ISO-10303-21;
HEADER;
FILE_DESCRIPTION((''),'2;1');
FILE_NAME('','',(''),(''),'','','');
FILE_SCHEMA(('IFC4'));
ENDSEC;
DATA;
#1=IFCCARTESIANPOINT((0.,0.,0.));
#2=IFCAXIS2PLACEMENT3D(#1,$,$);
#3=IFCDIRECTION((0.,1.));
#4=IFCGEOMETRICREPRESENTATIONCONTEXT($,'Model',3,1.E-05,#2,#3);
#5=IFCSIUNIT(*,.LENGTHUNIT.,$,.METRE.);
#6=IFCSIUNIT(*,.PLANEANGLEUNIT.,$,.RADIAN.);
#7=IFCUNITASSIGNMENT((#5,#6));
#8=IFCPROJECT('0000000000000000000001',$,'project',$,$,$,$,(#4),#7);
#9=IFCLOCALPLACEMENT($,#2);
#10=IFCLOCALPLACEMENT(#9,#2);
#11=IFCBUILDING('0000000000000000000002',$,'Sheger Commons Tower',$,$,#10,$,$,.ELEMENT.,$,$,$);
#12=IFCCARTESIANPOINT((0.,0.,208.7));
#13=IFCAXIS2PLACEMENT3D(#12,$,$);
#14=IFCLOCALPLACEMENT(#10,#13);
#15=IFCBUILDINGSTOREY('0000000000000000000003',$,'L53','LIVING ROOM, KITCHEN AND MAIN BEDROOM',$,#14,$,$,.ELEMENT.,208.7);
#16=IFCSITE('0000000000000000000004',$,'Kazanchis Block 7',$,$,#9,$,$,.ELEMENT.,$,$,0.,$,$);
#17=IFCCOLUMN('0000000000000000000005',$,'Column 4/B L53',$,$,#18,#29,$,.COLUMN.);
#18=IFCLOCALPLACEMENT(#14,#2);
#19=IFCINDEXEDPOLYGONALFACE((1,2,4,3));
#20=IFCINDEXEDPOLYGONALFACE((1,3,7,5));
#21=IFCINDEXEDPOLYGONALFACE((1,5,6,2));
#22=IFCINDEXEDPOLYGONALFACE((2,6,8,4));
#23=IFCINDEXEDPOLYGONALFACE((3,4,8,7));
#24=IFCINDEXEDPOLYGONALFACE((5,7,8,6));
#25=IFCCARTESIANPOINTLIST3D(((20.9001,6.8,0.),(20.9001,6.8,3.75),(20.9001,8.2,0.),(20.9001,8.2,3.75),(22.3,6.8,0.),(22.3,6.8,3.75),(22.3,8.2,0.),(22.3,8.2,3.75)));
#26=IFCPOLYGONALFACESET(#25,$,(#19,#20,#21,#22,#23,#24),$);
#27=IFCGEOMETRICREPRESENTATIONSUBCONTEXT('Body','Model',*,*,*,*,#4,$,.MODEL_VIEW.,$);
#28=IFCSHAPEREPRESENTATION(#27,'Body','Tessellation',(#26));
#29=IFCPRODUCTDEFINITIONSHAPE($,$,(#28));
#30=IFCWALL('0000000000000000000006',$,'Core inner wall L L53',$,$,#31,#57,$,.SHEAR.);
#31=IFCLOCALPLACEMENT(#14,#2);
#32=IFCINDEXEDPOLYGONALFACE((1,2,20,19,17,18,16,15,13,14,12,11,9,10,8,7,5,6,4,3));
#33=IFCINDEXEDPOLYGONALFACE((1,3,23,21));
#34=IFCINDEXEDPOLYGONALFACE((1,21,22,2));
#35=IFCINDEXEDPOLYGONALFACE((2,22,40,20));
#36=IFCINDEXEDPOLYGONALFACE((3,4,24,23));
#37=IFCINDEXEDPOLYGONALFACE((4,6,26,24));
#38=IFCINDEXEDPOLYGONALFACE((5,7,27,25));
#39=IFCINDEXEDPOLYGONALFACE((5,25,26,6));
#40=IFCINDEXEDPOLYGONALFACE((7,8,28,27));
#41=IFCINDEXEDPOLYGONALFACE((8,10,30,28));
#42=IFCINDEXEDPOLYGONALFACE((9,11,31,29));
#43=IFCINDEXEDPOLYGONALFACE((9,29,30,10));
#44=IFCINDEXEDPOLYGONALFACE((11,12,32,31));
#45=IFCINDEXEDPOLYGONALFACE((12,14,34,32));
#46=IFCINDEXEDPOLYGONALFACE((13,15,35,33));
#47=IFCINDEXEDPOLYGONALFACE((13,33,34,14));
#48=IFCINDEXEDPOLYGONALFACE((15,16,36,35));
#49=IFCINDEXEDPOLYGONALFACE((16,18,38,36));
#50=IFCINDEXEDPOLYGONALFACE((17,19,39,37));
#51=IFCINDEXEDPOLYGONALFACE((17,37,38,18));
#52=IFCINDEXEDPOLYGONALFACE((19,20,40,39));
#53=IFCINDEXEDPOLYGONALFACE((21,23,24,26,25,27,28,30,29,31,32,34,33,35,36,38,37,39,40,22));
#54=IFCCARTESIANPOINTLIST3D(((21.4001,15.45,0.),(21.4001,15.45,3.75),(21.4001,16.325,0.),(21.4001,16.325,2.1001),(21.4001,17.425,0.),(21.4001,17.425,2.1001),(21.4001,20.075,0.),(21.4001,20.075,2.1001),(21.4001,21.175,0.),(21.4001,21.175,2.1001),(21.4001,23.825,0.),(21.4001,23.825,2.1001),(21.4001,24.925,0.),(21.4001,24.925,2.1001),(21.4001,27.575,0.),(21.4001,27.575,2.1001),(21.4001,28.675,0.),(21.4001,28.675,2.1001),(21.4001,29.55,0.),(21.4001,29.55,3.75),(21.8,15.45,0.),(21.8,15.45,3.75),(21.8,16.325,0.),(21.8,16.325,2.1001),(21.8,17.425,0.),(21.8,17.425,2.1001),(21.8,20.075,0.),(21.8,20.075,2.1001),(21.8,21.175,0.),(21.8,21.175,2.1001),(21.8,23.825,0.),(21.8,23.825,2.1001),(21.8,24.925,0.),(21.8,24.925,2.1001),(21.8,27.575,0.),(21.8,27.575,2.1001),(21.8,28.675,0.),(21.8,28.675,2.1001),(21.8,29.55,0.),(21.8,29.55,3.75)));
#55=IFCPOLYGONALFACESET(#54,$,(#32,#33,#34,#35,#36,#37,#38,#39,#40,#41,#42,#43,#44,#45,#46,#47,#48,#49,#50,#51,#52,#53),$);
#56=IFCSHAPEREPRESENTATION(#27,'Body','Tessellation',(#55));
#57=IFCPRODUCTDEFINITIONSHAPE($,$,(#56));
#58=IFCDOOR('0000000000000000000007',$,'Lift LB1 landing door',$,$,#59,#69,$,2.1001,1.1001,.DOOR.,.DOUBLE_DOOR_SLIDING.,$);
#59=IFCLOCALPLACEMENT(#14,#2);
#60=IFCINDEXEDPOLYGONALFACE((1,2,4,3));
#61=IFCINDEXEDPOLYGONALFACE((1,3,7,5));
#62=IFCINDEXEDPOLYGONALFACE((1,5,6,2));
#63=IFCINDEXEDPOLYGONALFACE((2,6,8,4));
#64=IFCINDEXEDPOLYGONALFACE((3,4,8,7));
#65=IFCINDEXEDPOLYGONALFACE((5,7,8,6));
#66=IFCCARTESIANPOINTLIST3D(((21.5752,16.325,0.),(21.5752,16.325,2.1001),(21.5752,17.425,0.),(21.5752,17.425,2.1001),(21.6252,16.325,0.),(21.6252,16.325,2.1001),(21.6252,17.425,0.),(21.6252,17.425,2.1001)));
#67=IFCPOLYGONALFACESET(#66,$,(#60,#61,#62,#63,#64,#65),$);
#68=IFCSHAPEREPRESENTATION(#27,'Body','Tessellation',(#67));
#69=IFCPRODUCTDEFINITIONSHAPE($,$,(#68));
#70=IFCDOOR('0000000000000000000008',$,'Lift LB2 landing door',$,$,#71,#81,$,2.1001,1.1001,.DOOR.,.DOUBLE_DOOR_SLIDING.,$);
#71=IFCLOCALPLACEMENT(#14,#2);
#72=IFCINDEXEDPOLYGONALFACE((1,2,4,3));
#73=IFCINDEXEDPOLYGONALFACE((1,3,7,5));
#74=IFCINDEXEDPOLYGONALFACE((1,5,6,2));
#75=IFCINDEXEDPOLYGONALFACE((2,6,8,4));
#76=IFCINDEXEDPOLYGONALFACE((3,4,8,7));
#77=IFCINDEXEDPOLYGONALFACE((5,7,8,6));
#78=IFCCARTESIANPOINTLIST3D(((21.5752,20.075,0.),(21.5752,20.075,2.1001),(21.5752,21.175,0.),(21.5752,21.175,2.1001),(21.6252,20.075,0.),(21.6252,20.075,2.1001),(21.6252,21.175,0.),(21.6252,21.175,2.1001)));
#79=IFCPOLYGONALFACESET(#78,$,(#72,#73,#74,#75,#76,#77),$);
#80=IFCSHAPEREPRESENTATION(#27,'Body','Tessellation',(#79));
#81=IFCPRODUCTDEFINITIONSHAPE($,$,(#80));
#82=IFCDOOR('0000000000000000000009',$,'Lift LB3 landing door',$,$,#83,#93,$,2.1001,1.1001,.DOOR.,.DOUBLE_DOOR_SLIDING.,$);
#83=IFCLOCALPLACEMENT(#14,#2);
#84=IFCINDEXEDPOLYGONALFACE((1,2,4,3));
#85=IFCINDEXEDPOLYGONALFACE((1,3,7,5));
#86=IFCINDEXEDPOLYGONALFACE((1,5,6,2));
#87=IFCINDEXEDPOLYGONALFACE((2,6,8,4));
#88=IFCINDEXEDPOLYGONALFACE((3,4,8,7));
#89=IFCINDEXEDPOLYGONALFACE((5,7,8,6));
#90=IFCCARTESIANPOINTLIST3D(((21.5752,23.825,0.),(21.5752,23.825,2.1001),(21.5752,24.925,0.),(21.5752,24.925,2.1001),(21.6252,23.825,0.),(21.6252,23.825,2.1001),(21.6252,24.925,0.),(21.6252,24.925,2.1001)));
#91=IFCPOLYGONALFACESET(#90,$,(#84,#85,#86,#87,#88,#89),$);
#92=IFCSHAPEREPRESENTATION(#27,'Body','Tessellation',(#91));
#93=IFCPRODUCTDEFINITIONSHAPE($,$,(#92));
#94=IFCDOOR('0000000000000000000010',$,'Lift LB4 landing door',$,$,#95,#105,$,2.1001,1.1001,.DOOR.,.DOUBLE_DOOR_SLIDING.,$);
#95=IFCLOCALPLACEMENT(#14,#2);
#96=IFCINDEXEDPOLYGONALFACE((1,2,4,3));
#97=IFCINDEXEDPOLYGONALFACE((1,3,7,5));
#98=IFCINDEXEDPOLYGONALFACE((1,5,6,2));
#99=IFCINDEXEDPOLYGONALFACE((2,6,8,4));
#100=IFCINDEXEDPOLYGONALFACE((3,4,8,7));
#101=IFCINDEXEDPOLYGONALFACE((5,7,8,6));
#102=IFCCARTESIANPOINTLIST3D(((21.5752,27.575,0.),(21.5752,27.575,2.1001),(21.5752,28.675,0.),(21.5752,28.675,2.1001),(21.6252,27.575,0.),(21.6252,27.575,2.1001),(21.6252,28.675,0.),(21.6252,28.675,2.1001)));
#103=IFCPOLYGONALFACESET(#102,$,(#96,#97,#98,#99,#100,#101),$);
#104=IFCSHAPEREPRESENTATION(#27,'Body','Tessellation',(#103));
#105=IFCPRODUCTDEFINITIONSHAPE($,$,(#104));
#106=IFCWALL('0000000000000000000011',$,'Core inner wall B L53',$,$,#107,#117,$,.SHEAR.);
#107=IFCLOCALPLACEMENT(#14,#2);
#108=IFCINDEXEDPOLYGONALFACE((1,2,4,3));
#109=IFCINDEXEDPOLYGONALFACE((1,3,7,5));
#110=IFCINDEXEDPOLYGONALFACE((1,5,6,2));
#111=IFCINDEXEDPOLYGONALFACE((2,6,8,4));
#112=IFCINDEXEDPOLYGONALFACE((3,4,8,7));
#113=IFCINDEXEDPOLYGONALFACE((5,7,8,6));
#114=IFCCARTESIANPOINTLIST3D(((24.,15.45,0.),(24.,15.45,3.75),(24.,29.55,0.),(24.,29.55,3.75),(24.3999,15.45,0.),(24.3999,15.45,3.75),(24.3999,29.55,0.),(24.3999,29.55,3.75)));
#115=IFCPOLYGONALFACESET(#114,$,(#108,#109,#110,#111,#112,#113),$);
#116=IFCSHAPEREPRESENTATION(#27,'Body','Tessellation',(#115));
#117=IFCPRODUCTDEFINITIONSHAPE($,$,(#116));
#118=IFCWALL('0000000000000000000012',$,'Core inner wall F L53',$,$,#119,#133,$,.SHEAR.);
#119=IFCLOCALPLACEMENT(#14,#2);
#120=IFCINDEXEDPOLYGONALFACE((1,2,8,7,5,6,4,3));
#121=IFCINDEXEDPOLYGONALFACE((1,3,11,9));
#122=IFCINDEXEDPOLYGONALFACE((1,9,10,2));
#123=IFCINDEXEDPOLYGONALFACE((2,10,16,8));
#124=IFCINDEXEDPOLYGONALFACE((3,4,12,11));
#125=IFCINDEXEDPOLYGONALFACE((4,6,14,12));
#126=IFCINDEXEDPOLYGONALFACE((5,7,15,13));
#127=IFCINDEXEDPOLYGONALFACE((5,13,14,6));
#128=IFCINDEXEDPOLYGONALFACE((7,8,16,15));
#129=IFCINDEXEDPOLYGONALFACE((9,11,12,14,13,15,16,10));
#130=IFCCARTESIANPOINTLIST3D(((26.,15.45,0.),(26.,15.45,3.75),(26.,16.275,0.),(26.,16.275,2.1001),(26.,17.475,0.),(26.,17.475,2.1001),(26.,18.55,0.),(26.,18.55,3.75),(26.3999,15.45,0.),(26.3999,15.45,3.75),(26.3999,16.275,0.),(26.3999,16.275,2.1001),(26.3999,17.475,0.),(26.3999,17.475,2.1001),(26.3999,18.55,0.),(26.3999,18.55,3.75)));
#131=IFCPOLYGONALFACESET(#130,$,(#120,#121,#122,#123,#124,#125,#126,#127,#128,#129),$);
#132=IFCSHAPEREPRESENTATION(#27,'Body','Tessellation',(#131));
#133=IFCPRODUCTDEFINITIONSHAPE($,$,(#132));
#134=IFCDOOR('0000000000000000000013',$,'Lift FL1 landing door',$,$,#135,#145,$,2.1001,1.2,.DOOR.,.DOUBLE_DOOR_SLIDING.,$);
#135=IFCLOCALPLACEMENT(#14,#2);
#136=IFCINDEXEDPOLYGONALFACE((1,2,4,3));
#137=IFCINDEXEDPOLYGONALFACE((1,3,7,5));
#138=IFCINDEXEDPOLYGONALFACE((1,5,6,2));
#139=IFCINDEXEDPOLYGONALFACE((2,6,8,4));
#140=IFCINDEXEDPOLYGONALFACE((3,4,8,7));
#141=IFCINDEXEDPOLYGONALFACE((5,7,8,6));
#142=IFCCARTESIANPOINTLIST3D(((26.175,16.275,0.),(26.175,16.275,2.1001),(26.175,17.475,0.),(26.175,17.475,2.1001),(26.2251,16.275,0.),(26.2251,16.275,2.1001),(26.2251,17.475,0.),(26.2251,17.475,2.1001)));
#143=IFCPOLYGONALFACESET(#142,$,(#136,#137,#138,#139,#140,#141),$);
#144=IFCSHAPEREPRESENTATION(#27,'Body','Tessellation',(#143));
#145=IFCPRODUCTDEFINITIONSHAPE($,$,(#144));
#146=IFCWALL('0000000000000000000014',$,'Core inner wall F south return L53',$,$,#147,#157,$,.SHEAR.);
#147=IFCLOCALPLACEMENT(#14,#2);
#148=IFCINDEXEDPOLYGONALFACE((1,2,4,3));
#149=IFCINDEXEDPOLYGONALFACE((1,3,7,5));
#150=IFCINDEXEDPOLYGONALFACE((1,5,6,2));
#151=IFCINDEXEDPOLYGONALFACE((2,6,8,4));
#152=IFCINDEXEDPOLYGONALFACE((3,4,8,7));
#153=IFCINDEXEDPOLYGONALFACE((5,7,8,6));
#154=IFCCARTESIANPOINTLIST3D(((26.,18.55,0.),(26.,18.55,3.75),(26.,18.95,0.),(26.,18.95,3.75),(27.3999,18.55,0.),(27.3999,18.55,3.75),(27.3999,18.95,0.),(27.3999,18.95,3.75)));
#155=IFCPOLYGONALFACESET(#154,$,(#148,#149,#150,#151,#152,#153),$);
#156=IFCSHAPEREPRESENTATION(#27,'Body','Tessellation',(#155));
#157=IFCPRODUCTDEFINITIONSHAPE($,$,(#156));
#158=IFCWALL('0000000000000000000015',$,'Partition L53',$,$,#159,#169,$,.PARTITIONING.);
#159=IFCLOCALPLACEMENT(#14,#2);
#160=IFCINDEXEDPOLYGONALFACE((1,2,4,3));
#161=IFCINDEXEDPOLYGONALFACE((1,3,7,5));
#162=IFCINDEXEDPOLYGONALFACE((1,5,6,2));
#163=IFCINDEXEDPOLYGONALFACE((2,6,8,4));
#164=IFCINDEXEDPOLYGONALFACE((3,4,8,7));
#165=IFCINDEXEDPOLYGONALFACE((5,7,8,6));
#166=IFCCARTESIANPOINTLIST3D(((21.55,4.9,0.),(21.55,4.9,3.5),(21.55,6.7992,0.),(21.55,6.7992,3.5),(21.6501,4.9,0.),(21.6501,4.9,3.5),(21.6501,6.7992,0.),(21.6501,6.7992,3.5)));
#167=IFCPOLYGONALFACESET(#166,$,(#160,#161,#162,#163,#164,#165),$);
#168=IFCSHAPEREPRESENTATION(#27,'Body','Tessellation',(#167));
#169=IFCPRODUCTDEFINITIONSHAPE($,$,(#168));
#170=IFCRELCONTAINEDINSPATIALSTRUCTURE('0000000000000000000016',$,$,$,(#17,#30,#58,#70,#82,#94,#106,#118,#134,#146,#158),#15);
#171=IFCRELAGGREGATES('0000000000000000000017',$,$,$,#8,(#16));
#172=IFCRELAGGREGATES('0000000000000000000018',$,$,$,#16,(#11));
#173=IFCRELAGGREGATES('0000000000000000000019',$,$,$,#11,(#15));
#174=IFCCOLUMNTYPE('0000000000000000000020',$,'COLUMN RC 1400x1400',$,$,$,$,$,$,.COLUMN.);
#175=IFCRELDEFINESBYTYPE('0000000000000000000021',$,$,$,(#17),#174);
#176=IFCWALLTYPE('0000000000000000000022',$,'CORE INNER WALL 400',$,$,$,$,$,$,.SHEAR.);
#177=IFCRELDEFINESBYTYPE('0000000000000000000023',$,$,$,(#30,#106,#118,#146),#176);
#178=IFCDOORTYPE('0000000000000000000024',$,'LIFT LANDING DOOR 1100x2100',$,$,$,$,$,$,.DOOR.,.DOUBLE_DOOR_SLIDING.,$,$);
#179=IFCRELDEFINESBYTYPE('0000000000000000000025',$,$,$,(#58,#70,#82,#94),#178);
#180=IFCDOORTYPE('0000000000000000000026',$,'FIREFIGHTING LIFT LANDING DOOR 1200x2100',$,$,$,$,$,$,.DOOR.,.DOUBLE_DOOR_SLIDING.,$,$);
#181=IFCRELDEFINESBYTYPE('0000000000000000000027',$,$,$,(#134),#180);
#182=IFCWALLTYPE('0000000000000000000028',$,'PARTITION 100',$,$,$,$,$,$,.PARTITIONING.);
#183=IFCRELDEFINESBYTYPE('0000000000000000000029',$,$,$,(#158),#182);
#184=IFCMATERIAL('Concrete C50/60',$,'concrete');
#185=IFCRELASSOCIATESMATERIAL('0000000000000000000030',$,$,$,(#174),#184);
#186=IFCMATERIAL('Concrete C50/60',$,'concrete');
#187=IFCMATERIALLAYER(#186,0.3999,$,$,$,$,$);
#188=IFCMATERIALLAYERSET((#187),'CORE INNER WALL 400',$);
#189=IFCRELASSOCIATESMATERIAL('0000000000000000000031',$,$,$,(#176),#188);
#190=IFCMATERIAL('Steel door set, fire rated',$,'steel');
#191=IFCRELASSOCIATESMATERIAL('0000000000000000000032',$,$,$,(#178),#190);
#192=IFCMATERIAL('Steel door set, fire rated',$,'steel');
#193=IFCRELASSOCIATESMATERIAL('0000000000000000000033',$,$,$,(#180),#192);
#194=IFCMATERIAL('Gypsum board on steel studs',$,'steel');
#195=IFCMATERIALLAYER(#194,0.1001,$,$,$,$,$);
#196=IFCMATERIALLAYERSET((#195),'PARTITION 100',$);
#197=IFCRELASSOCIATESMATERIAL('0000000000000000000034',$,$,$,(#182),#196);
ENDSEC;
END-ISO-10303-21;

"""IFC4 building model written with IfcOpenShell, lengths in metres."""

from ifc_helpers import new_model, si_unit, direction, frame, frame_2d, origin, origin_2d, place, context, subcontext, project, spatial, rectangle, extrude, material, layer, layer_set, material_profile, profile_set, type_object, element, fill, save


model = new_model("IFC4")

# Units and contexts
model_context = context("Model", 3, precision=1e-05, world=origin(), true_north=direction((0.0, 1.0)))
body_context = subcontext(model_context, "Body", "Model", "MODEL_VIEW")
ifc_project = project(units=[si_unit("LENGTHUNIT", "METRE"), si_unit("PLANEANGLEUNIT", "RADIAN")], contexts=[model_context])

# Site, building, storey
site_placement = place(None, origin())
site = spatial("IfcSite", under=ifc_project, at=site_placement, Name="Kazanchis Block 7", CompositionType="ELEMENT", RefElevation=0.0)
building_placement = place(site_placement, origin())
building = spatial("IfcBuilding", under=site, at=building_placement, Name="Sheger Commons Tower", CompositionType="ELEMENT")
storey_placement = place(building_placement, frame((0.0, 0.0, 208.7)))
storey = spatial("IfcBuildingStorey", under=building, at=storey_placement, Name="L53", Description="LIVING ROOM, KITCHEN AND MAIN BEDROOM", CompositionType="ELEMENT", Elevation=208.7)

# Column
ifc_material_1 = material(Name="Concrete C50/60", Category="concrete")
ifc_material_profile = material_profile(ifc_material_1, rectangle(XDim=1.3999, YDim=1.3999, at=origin_2d()), Name="RC 1400x1400")
ifc_profile_set = profile_set([ifc_material_profile], Name="Concrete C50/60")
column_type = type_object("IfcColumnType", Name="COLUMN RC 1400x1400", PredefinedType="COLUMN", material=ifc_profile_set)
column_placement = place(storey_placement, frame((21.6001, 7.5, 0.0), z_axis=(0.0, 0.0, 1.0), x_axis=(1.0, 0.0, 0.0)))
element("IfcColumn", 1, at=column_placement, inside=storey, type_object=column_type, Name="Column 4/B L53", PredefinedType="COLUMN", context=body_context, shape_type="SweptSolid", body=[
    extrude(rectangle(XDim=1.3999, YDim=1.3999, at=origin_2d()), origin(), (0.0, 0.0, 1.0), 3.75),
])

# Wall, openings, doors
ifc_material_2 = material(Name="Concrete C50/60", Category="concrete")
ifc_layer_1 = layer(ifc_material_2, 0.3999)
ifc_layer_set_1 = layer_set([ifc_layer_1], Name="CORE INNER WALL 400")
wall_type_1 = type_object("IfcWallType", Name="CORE INNER WALL 400", PredefinedType="SHEAR", material=ifc_layer_set_1)
wall_1_placement = place(storey_placement, frame((21.6001, 15.45, 0.0), z_axis=(0.0, 0.0, 1.0), x_axis=(0.0, 1.0, 0.0)))
wall_1 = element("IfcWall", 2, at=wall_1_placement, inside=storey, type_object=wall_type_1, Name="Core inner wall L L53", PredefinedType="SHEAR", context=body_context, shape_type="SweptSolid", body=[
    extrude(rectangle(XDim=14.1001, YDim=0.3999, at=frame_2d((7.05, 0.0))), origin(), (0.0, 0.0, 1.0), 3.75),
])
opening_1_placement = place(wall_1_placement, frame((0.875, 0.0, 0.0)))
opening_1 = element("IfcOpeningElement", 3, at=opening_1_placement, cuts=wall_1, PredefinedType="OPENING", context=body_context, shape_type="SweptSolid", body=[
    extrude(rectangle(XDim=1.1001, YDim=2.1001, at=frame_2d((0.55, 1.05))), frame((0.0, 0.21, 0.0), z_axis=(0.0, -1.0, 0.0), x_axis=(1.0, 0.0, 0.0)), (0.0, 0.0, 1.0), 0.4199),
])
opening_2_placement = place(wall_1_placement, frame((4.625, 0.0, 0.0)))
opening_2 = element("IfcOpeningElement", 4, at=opening_2_placement, cuts=wall_1, PredefinedType="OPENING", context=body_context, shape_type="SweptSolid", body=[
    extrude(rectangle(XDim=1.1001, YDim=2.1001, at=frame_2d((0.55, 1.05))), frame((0.0, 0.21, 0.0), z_axis=(0.0, -1.0, 0.0), x_axis=(1.0, 0.0, 0.0)), (0.0, 0.0, 1.0), 0.4199),
])
opening_3_placement = place(wall_1_placement, frame((8.375, 0.0, 0.0)))
opening_3 = element("IfcOpeningElement", 5, at=opening_3_placement, cuts=wall_1, PredefinedType="OPENING", context=body_context, shape_type="SweptSolid", body=[
    extrude(rectangle(XDim=1.1001, YDim=2.1001, at=frame_2d((0.55, 1.05))), frame((0.0, 0.21, 0.0), z_axis=(0.0, -1.0, 0.0), x_axis=(1.0, 0.0, 0.0)), (0.0, 0.0, 1.0), 0.4199),
])
opening_4_placement = place(wall_1_placement, frame((12.125, 0.0, 0.0)))
opening_4 = element("IfcOpeningElement", 6, at=opening_4_placement, cuts=wall_1, PredefinedType="OPENING", context=body_context, shape_type="SweptSolid", body=[
    extrude(rectangle(XDim=1.1001, YDim=2.1001, at=frame_2d((0.55, 1.05))), frame((0.0, 0.21, 0.0), z_axis=(0.0, -1.0, 0.0), x_axis=(1.0, 0.0, 0.0)), (0.0, 0.0, 1.0), 0.4199),
])
ifc_material_3 = material(Name="Steel door set, fire rated", Category="steel")
door_type_1 = type_object("IfcDoorType", Name="LIFT LANDING DOOR 1100x2100", OperationType="DOUBLE_DOOR_SLIDING", PredefinedType="DOOR", material=ifc_material_3)
door_1_placement = place(opening_1_placement, origin())
door_1 = element("IfcDoor", 7, at=door_1_placement, inside=storey, type_object=door_type_1, Name="Lift LB1 landing door", OperationType="DOUBLE_DOOR_SLIDING", OverallHeight=2.1001, OverallWidth=1.1001, PredefinedType="DOOR", context=body_context, shape_type="SweptSolid", body=[
    extrude(rectangle(XDim=1.1001, YDim=2.1001, at=frame_2d((0.55, 1.05))), frame((0.0, 0.0249, 0.0), z_axis=(0.0, -1.0, 0.0), x_axis=(1.0, 0.0, 0.0)), (0.0, 0.0, 1.0), 0.05),
])
fill(opening_1, door_1)
door_2_placement = place(opening_2_placement, origin())
door_2 = element("IfcDoor", 8, at=door_2_placement, inside=storey, type_object=door_type_1, Name="Lift LB2 landing door", OperationType="DOUBLE_DOOR_SLIDING", OverallHeight=2.1001, OverallWidth=1.1001, PredefinedType="DOOR", context=body_context, shape_type="SweptSolid", body=[
    extrude(rectangle(XDim=1.1001, YDim=2.1001, at=frame_2d((0.55, 1.05))), frame((0.0, 0.0249, 0.0), z_axis=(0.0, -1.0, 0.0), x_axis=(1.0, 0.0, 0.0)), (0.0, 0.0, 1.0), 0.05),
])
fill(opening_2, door_2)
door_3_placement = place(opening_3_placement, origin())
door_3 = element("IfcDoor", 9, at=door_3_placement, inside=storey, type_object=door_type_1, Name="Lift LB3 landing door", OperationType="DOUBLE_DOOR_SLIDING", OverallHeight=2.1001, OverallWidth=1.1001, PredefinedType="DOOR", context=body_context, shape_type="SweptSolid", body=[
    extrude(rectangle(XDim=1.1001, YDim=2.1001, at=frame_2d((0.55, 1.05))), frame((0.0, 0.0249, 0.0), z_axis=(0.0, -1.0, 0.0), x_axis=(1.0, 0.0, 0.0)), (0.0, 0.0, 1.0), 0.05),
])
fill(opening_3, door_3)
door_4_placement = place(opening_4_placement, origin())
door_4 = element("IfcDoor", 10, at=door_4_placement, inside=storey, type_object=door_type_1, Name="Lift LB4 landing door", OperationType="DOUBLE_DOOR_SLIDING", OverallHeight=2.1001, OverallWidth=1.1001, PredefinedType="DOOR", context=body_context, shape_type="SweptSolid", body=[
    extrude(rectangle(XDim=1.1001, YDim=2.1001, at=frame_2d((0.55, 1.05))), frame((0.0, 0.0249, 0.0), z_axis=(0.0, -1.0, 0.0), x_axis=(1.0, 0.0, 0.0)), (0.0, 0.0, 1.0), 0.05),
])
fill(opening_4, door_4)

# Wall
wall_2_placement = place(storey_placement, frame((24.2, 15.45, 0.0), z_axis=(0.0, 0.0, 1.0), x_axis=(0.0, 1.0, 0.0)))
element("IfcWall", 11, at=wall_2_placement, inside=storey, type_object=wall_type_1, Name="Core inner wall B L53", PredefinedType="SHEAR", context=body_context, shape_type="SweptSolid", body=[
    extrude(rectangle(XDim=14.1001, YDim=0.3999, at=frame_2d((7.05, 0.0))), origin(), (0.0, 0.0, 1.0), 3.75),
])

# Wall, opening, door
wall_3_placement = place(storey_placement, frame((26.2, 15.45, 0.0), z_axis=(0.0, 0.0, 1.0), x_axis=(0.0, 1.0, 0.0)))
wall_3 = element("IfcWall", 12, at=wall_3_placement, inside=storey, type_object=wall_type_1, Name="Core inner wall F L53", PredefinedType="SHEAR", context=body_context, shape_type="SweptSolid", body=[
    extrude(rectangle(XDim=3.1001, YDim=0.3999, at=frame_2d((1.55, 0.0))), origin(), (0.0, 0.0, 1.0), 3.75),
])
opening_5_placement = place(wall_3_placement, frame((0.825, 0.0, 0.0)))
opening_5 = element("IfcOpeningElement", 13, at=opening_5_placement, cuts=wall_3, PredefinedType="OPENING", context=body_context, shape_type="SweptSolid", body=[
    extrude(rectangle(XDim=1.2, YDim=2.1001, at=frame_2d((0.6001, 1.05))), frame((0.0, 0.21, 0.0), z_axis=(0.0, -1.0, 0.0), x_axis=(1.0, 0.0, 0.0)), (0.0, 0.0, 1.0), 0.4199),
])
ifc_material_4 = material(Name="Steel door set, fire rated", Category="steel")
door_type_2 = type_object("IfcDoorType", Name="FIREFIGHTING LIFT LANDING DOOR 1200x2100", OperationType="DOUBLE_DOOR_SLIDING", PredefinedType="DOOR", material=ifc_material_4)
door_5_placement = place(opening_5_placement, origin())
door_5 = element("IfcDoor", 14, at=door_5_placement, inside=storey, type_object=door_type_2, Name="Lift FL1 landing door", OperationType="DOUBLE_DOOR_SLIDING", OverallHeight=2.1001, OverallWidth=1.2, PredefinedType="DOOR", context=body_context, shape_type="SweptSolid", body=[
    extrude(rectangle(XDim=1.2, YDim=2.1001, at=frame_2d((0.6001, 1.05))), frame((0.0, 0.0249, 0.0), z_axis=(0.0, -1.0, 0.0), x_axis=(1.0, 0.0, 0.0)), (0.0, 0.0, 1.0), 0.05),
])
fill(opening_5, door_5)

# Walls
wall_4_placement = place(storey_placement, frame((26.0, 18.75, 0.0), z_axis=(0.0, 0.0, 1.0), x_axis=(1.0, 0.0, 0.0)))
element("IfcWall", 15, at=wall_4_placement, inside=storey, type_object=wall_type_1, Name="Core inner wall F south return L53", PredefinedType="SHEAR", context=body_context, shape_type="SweptSolid", body=[
    extrude(rectangle(XDim=1.3999, YDim=0.3999, at=frame_2d((0.7, 0.0))), origin(), (0.0, 0.0, 1.0), 3.75),
])
ifc_material_5 = material(Name="Gypsum board on steel studs", Category="steel")
ifc_layer_2 = layer(ifc_material_5, 0.1001)
ifc_layer_set_2 = layer_set([ifc_layer_2], Name="PARTITION 100")
wall_type_2 = type_object("IfcWallType", Name="PARTITION 100", PredefinedType="PARTITIONING", material=ifc_layer_set_2)
wall_5_placement = place(storey_placement, frame((21.6001, 4.8999, 0.0), z_axis=(0.0, 0.0, 1.0), x_axis=(0.0, 1.0, 0.0)))
element("IfcWall", 16, at=wall_5_placement, inside=storey, type_object=wall_type_2, Name="Partition L53", PredefinedType="PARTITIONING", context=body_context, shape_type="SweptSolid", body=[
    extrude(rectangle(XDim=1.8992, YDim=0.1001, at=frame_2d((0.9497, 0.0))), origin(), (0.0, 0.0, 1.0), 3.5),
])

save(model, "model.ifc")
